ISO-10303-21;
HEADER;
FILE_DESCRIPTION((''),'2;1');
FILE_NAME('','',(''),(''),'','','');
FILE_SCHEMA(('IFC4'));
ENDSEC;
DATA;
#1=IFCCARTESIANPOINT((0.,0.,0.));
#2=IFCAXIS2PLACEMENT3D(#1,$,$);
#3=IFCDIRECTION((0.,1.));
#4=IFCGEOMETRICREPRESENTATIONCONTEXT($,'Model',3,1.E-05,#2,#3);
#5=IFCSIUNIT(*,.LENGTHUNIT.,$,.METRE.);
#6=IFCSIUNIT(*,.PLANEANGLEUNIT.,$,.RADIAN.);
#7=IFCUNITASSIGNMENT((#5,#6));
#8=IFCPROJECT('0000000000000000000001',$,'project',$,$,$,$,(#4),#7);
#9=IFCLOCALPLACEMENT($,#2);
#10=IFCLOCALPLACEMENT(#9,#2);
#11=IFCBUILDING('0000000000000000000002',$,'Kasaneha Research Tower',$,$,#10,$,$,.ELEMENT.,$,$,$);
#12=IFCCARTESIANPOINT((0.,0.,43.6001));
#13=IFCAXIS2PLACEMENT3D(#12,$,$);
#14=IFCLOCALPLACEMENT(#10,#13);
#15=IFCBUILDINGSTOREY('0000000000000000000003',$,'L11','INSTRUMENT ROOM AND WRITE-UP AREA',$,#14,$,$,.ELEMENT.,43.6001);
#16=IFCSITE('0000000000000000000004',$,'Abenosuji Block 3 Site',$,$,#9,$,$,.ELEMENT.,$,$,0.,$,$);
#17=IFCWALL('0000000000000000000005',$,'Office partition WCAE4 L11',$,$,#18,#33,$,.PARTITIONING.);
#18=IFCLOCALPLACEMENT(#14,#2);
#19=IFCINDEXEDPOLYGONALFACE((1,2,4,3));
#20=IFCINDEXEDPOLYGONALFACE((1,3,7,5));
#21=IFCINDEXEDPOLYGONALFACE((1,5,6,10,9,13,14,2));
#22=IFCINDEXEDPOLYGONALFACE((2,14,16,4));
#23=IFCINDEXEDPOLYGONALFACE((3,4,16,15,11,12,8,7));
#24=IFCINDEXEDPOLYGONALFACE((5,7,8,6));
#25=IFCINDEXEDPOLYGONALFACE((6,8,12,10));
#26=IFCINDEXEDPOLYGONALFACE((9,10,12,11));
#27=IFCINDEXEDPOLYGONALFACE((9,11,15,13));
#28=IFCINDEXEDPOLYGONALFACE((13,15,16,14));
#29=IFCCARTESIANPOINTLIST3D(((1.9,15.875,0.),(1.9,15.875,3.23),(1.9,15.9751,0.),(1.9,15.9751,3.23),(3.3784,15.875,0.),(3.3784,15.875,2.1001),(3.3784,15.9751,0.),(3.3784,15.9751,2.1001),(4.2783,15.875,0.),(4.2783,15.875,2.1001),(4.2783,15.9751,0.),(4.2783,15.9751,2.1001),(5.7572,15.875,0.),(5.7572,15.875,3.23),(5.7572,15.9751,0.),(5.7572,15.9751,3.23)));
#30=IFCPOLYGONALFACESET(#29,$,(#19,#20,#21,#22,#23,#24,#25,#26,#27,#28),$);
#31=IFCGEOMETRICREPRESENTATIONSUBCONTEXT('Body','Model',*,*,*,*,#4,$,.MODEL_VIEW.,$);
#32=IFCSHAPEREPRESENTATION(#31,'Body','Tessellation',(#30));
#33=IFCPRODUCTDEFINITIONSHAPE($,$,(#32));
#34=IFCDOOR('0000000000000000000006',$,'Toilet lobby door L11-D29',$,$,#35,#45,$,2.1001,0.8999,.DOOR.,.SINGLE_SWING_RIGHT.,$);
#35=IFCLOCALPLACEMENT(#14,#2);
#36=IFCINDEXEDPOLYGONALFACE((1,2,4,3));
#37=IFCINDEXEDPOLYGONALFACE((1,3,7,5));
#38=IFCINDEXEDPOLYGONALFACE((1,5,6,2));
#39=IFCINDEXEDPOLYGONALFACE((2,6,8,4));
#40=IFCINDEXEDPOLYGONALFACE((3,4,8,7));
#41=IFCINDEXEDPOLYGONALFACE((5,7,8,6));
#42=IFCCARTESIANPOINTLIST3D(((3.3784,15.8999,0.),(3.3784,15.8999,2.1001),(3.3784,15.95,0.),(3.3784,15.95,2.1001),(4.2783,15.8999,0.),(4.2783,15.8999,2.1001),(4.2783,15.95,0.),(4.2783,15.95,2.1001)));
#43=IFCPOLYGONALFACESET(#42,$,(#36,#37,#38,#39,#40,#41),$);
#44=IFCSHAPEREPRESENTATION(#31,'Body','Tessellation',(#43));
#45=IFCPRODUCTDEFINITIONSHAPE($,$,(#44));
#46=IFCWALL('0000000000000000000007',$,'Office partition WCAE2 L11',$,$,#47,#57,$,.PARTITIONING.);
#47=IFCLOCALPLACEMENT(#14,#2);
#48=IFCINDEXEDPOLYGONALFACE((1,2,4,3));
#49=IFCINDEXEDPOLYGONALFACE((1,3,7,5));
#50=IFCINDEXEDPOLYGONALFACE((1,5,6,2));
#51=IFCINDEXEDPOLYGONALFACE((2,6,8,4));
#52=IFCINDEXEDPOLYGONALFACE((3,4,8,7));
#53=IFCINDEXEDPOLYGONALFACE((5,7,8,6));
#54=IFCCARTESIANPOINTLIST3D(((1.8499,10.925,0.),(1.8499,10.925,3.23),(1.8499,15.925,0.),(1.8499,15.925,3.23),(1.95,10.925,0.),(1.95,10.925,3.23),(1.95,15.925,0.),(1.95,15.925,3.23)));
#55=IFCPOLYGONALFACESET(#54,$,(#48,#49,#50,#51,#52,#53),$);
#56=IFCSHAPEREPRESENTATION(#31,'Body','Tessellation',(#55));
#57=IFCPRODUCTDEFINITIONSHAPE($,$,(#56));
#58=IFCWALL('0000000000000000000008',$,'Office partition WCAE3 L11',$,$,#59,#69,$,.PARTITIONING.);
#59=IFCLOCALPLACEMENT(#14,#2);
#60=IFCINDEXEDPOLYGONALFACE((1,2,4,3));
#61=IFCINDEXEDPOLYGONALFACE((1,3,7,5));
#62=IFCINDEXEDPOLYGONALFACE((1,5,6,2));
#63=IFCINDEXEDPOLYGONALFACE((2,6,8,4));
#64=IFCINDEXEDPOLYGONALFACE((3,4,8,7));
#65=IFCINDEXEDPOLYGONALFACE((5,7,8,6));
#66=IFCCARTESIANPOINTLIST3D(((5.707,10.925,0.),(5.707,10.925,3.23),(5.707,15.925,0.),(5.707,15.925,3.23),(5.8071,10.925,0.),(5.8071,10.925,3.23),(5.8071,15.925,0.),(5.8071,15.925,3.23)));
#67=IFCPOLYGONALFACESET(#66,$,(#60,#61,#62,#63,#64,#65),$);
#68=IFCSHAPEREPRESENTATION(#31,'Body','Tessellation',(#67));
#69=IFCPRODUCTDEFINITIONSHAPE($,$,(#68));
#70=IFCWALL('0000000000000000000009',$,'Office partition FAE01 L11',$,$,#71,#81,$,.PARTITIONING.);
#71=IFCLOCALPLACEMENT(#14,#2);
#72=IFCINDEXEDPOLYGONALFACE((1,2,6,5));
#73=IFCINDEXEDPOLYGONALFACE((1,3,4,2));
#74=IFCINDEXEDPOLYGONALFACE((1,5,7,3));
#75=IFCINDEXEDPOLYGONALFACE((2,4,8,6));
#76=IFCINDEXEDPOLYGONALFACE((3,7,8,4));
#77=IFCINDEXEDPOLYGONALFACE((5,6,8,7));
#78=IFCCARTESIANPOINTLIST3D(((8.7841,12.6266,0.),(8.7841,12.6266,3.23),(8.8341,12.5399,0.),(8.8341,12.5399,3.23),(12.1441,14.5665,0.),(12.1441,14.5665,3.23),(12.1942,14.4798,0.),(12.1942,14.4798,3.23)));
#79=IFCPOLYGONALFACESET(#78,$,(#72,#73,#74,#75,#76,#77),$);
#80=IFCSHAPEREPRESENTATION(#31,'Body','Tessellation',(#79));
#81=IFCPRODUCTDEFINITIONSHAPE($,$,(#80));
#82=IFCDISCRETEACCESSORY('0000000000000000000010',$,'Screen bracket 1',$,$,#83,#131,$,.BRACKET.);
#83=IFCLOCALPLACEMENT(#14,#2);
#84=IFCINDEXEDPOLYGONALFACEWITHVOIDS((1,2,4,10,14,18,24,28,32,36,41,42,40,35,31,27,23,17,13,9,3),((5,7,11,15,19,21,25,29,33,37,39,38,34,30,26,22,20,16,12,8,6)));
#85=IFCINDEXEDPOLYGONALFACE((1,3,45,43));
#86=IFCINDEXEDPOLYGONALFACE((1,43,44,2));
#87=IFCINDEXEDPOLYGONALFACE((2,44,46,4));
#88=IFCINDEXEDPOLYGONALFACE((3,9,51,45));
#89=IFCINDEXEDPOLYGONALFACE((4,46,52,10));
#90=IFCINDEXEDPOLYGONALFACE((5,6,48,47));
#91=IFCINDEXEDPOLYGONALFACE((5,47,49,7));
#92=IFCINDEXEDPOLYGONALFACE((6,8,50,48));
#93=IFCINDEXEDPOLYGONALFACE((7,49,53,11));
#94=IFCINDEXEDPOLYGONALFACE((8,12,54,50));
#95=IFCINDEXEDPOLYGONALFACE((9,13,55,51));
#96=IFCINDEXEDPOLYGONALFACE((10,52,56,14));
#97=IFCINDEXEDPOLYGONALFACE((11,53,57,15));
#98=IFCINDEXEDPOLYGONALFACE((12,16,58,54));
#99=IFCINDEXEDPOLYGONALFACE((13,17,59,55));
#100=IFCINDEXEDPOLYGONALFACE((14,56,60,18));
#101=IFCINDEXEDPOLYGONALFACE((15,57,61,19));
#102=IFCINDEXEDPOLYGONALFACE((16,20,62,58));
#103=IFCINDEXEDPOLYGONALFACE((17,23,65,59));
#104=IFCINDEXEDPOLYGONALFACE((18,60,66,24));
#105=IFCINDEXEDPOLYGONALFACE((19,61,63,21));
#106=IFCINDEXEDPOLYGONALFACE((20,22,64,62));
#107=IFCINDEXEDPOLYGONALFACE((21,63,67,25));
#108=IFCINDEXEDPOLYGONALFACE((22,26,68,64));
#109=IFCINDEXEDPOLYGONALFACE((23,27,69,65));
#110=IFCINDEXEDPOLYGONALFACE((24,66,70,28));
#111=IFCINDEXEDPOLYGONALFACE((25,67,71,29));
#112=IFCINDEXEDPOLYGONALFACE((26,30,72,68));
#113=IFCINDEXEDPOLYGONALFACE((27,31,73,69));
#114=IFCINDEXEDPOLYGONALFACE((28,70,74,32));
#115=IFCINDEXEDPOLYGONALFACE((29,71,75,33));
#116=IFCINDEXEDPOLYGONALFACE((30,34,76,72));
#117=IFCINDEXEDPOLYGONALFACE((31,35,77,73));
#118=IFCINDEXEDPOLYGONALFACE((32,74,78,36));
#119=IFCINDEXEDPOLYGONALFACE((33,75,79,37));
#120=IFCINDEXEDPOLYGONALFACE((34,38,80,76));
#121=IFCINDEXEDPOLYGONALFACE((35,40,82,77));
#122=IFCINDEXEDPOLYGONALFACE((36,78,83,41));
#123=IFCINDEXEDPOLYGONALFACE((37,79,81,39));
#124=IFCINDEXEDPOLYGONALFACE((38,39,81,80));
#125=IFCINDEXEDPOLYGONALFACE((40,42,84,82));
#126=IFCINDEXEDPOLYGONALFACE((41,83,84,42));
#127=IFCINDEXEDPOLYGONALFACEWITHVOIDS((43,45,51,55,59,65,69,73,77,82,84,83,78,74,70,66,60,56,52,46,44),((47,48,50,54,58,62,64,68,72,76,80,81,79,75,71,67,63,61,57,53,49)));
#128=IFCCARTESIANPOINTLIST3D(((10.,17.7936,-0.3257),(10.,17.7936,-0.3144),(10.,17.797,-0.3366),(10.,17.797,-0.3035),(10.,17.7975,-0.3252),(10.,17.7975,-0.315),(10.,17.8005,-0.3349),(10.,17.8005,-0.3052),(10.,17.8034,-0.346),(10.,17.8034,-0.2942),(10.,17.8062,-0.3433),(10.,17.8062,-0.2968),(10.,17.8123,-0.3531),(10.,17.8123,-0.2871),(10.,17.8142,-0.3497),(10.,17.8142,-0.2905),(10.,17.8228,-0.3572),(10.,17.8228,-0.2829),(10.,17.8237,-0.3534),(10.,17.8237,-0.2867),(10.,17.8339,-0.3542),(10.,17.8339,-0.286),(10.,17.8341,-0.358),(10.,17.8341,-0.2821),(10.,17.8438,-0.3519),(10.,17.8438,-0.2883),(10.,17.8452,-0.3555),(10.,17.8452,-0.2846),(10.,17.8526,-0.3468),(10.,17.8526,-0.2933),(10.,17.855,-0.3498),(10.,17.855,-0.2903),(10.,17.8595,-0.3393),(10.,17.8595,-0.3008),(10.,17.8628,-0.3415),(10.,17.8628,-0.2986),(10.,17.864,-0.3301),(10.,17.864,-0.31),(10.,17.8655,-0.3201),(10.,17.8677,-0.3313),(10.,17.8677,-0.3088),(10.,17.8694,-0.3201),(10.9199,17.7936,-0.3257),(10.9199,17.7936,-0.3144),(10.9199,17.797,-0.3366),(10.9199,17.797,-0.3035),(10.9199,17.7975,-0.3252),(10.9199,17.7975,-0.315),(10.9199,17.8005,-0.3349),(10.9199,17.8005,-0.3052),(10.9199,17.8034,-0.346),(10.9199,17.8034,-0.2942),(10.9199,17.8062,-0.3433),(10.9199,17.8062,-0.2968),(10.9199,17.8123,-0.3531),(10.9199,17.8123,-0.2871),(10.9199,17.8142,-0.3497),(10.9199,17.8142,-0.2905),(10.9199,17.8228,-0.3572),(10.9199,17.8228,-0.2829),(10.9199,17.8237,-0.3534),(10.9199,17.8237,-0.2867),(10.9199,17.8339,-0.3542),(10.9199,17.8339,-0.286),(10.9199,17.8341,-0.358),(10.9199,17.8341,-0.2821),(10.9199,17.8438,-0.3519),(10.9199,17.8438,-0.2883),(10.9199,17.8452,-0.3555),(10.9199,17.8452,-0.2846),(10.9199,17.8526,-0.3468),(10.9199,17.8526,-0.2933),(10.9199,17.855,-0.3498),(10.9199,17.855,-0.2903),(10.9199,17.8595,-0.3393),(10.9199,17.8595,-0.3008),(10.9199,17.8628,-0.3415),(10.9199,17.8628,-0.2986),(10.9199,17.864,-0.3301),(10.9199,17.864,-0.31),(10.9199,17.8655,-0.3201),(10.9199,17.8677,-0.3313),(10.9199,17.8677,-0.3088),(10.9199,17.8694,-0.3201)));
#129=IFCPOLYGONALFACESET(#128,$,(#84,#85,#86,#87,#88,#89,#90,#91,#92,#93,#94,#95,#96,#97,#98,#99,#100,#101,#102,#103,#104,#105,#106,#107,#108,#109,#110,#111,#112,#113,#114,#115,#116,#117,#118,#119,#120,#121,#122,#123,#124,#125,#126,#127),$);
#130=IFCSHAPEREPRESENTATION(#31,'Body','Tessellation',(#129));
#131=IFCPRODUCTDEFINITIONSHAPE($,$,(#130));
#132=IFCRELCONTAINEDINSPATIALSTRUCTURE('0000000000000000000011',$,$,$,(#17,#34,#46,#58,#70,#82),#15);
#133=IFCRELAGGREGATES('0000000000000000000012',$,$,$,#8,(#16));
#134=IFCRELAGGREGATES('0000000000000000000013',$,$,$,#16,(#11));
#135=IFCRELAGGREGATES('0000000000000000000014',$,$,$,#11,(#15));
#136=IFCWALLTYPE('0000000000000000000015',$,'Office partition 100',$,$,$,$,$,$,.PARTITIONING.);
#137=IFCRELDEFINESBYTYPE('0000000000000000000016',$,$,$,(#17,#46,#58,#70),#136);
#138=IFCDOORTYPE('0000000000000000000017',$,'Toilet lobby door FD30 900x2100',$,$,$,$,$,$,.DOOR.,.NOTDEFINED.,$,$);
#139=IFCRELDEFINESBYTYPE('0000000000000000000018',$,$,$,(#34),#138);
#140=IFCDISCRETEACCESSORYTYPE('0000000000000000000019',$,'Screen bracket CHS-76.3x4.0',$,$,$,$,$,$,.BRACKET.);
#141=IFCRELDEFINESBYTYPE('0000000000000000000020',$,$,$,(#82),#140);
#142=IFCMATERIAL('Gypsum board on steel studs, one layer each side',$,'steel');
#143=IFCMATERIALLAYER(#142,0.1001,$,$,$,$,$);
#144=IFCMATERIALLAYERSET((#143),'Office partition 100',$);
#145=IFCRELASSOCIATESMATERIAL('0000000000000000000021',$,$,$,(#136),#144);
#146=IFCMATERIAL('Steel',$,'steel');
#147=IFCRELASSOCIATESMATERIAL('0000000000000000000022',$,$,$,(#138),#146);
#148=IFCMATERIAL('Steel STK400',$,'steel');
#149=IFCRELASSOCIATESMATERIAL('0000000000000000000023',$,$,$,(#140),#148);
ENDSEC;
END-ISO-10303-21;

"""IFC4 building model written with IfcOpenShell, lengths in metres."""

from ifc_helpers import new_model, si_unit, direction, frame, frame_2d, origin, origin_2d, place, context, subcontext, project, spatial, rectangle, hollow_circle, extrude, material, layer, layer_set, material_profile, profile_set, type_object, element, fill, save


model = new_model("IFC4")

# Units and contexts
model_context = context("Model", 3, precision=1e-05, world=origin(), true_north=direction((0.0, 1.0)))
body_context = subcontext(model_context, "Body", "Model", "MODEL_VIEW")
ifc_project = project(units=[si_unit("LENGTHUNIT", "METRE"), si_unit("PLANEANGLEUNIT", "RADIAN")], contexts=[model_context])

# Site, building, storey
site_placement = place(None, origin())
site = spatial("IfcSite", under=ifc_project, at=site_placement, Name="Abenosuji Block 3 Site", CompositionType="ELEMENT", RefElevation=0.0)
building_placement = place(site_placement, origin())
building = spatial("IfcBuilding", under=site, at=building_placement, Name="Kasaneha Research Tower", CompositionType="ELEMENT")
storey_placement = place(building_placement, frame((0.0, 0.0, 43.6001)))
storey = spatial("IfcBuildingStorey", under=building, at=storey_placement, Name="L11", Description="INSTRUMENT ROOM AND WRITE-UP AREA", CompositionType="ELEMENT", Elevation=43.6001)

# Wall, opening, door
ifc_material_1 = material(Name="Gypsum board on steel studs, one layer each side", Category="steel")
ifc_layer_1 = layer(ifc_material_1, 0.1001)
ifc_layer_set_1 = layer_set([ifc_layer_1], Name="Office partition 100")
wall_type_1 = type_object("IfcWallType", Name="Office partition 100", PredefinedType="PARTITIONING", material=ifc_layer_set_1)
ifc_material_2 = material(Name="Steel", Category="steel")
door_type_1 = type_object("IfcDoorType", Name="Toilet lobby door FD30 900x2100", OperationType="NOTDEFINED", PredefinedType="DOOR", material=ifc_material_2)
wall_1_placement = place(storey_placement, frame((1.8999, 15.925, 0.0), z_axis=(0.0, 0.0, 1.0), x_axis=(1.0, 0.0, 0.0)))
wall_1 = element("IfcWall", 1, at=wall_1_placement, inside=storey, type_object=wall_type_1, Name="Office partition WCAE4 L11", PredefinedType="PARTITIONING", context=body_context, shape_type="SweptSolid", body=[
    extrude(rectangle(XDim=3.8572, YDim=0.1001, at=frame_2d((1.9287, 0.0))), origin(), (0.0, 0.0, 1.0), 3.23),
])
opening_1_placement = place(wall_1_placement, frame((1.4785, 0.0, 0.0)))
opening_1 = element("IfcOpeningElement", 2, at=opening_1_placement, cuts=wall_1, PredefinedType="OPENING", context=body_context, shape_type="SweptSolid", body=[
    extrude(rectangle(XDim=0.8999, YDim=2.1001, at=frame_2d((0.45, 1.05))), frame((0.0, 0.0601, 0.0), z_axis=(0.0, -1.0, 0.0), x_axis=(1.0, 0.0, 0.0)), (0.0, 0.0, 1.0), 0.1201),
])
door_1_placement = place(opening_1_placement, origin())
door_1 = element("IfcDoor", 3, at=door_1_placement, inside=storey, type_object=door_type_1, Name="Toilet lobby door L11-D29", OperationType="SINGLE_SWING_RIGHT", OverallHeight=2.1001, OverallWidth=0.8999, PredefinedType="DOOR", context=body_context, shape_type="SweptSolid", body=[
    extrude(rectangle(XDim=0.8999, YDim=2.1001, at=frame_2d((0.45, 1.05))), frame((0.0, 0.0249, 0.0), z_axis=(0.0, -1.0, 0.0), x_axis=(1.0, 0.0, 0.0)), (0.0, 0.0, 1.0), 0.05),
])
fill(opening_1, door_1)

# Walls
for number, where, z_axis, x_axis, name in (
    (4, (1.8999, 10.925, 0.0), (0.0, 0.0, 1.0), (0.0, 1.0, 0.0), "Office partition WCAE2 L11"),
    (5, (5.7571, 10.925, 0.0), (0.0, 0.0, 1.0), (0.0, 1.0, 0.0), "Office partition WCAE3 L11"),
):
    element("IfcWall", number, at=place(storey_placement, frame(where, z_axis=z_axis, x_axis=x_axis)), inside=storey, type_object=wall_type_1, Name=name, PredefinedType="PARTITIONING", context=body_context, shape_type="SweptSolid", body=[
        extrude(rectangle(XDim=5.0, YDim=0.1001, at=frame_2d((2.5, 0.0))), origin(), (0.0, 0.0, 1.0), 3.23),
    ])
wall_2_placement = place(storey_placement, frame((8.8091, 12.5833, 0.0), z_axis=(0.0, 0.0, 1.0), x_axis=(0.866027, 0.499997, 0.0)))
element("IfcWall", 6, at=wall_2_placement, inside=storey, type_object=wall_type_1, Name="Office partition FAE01 L11", PredefinedType="PARTITIONING", context=body_context, shape_type="SweptSolid", body=[
    extrude(rectangle(XDim=3.8799, YDim=0.1001, at=frame_2d((1.9399, 0.0))), origin(), (0.0, 0.0, 1.0), 3.23),
])

# Discrete accessory
ifc_material_3 = material(Name="Steel STK400", Category="steel")
ifc_material_profile_1 = material_profile(ifc_material_3, hollow_circle(Radius=0.0381, WallThickness=0.0039, at=origin_2d()), Name="CHS-76.3x4.0")
ifc_profile_set_1 = profile_set([ifc_material_profile_1], Name="Steel STK400")
discrete_accessory_type = type_object("IfcDiscreteAccessoryType", Name="Screen bracket CHS-76.3x4.0", PredefinedType="BRACKET", material=ifc_profile_set_1)
discrete_accessory_placement = place(storey_placement, frame((10.0, 17.8313, -0.3201), z_axis=(1.0, 0.0, 0.0), x_axis=(0.0, 1.0, 0.0)))
element("IfcDiscreteAccessory", 7, at=discrete_accessory_placement, inside=storey, type_object=discrete_accessory_type, Name="Screen bracket 1", PredefinedType="BRACKET", context=body_context, shape_type="SweptSolid", body=[
    extrude(hollow_circle(Radius=0.0381, WallThickness=0.0039, at=origin_2d()), origin(), (0.0, 0.0, 1.0), 0.9199),
])

save(model, "model.ifc")
